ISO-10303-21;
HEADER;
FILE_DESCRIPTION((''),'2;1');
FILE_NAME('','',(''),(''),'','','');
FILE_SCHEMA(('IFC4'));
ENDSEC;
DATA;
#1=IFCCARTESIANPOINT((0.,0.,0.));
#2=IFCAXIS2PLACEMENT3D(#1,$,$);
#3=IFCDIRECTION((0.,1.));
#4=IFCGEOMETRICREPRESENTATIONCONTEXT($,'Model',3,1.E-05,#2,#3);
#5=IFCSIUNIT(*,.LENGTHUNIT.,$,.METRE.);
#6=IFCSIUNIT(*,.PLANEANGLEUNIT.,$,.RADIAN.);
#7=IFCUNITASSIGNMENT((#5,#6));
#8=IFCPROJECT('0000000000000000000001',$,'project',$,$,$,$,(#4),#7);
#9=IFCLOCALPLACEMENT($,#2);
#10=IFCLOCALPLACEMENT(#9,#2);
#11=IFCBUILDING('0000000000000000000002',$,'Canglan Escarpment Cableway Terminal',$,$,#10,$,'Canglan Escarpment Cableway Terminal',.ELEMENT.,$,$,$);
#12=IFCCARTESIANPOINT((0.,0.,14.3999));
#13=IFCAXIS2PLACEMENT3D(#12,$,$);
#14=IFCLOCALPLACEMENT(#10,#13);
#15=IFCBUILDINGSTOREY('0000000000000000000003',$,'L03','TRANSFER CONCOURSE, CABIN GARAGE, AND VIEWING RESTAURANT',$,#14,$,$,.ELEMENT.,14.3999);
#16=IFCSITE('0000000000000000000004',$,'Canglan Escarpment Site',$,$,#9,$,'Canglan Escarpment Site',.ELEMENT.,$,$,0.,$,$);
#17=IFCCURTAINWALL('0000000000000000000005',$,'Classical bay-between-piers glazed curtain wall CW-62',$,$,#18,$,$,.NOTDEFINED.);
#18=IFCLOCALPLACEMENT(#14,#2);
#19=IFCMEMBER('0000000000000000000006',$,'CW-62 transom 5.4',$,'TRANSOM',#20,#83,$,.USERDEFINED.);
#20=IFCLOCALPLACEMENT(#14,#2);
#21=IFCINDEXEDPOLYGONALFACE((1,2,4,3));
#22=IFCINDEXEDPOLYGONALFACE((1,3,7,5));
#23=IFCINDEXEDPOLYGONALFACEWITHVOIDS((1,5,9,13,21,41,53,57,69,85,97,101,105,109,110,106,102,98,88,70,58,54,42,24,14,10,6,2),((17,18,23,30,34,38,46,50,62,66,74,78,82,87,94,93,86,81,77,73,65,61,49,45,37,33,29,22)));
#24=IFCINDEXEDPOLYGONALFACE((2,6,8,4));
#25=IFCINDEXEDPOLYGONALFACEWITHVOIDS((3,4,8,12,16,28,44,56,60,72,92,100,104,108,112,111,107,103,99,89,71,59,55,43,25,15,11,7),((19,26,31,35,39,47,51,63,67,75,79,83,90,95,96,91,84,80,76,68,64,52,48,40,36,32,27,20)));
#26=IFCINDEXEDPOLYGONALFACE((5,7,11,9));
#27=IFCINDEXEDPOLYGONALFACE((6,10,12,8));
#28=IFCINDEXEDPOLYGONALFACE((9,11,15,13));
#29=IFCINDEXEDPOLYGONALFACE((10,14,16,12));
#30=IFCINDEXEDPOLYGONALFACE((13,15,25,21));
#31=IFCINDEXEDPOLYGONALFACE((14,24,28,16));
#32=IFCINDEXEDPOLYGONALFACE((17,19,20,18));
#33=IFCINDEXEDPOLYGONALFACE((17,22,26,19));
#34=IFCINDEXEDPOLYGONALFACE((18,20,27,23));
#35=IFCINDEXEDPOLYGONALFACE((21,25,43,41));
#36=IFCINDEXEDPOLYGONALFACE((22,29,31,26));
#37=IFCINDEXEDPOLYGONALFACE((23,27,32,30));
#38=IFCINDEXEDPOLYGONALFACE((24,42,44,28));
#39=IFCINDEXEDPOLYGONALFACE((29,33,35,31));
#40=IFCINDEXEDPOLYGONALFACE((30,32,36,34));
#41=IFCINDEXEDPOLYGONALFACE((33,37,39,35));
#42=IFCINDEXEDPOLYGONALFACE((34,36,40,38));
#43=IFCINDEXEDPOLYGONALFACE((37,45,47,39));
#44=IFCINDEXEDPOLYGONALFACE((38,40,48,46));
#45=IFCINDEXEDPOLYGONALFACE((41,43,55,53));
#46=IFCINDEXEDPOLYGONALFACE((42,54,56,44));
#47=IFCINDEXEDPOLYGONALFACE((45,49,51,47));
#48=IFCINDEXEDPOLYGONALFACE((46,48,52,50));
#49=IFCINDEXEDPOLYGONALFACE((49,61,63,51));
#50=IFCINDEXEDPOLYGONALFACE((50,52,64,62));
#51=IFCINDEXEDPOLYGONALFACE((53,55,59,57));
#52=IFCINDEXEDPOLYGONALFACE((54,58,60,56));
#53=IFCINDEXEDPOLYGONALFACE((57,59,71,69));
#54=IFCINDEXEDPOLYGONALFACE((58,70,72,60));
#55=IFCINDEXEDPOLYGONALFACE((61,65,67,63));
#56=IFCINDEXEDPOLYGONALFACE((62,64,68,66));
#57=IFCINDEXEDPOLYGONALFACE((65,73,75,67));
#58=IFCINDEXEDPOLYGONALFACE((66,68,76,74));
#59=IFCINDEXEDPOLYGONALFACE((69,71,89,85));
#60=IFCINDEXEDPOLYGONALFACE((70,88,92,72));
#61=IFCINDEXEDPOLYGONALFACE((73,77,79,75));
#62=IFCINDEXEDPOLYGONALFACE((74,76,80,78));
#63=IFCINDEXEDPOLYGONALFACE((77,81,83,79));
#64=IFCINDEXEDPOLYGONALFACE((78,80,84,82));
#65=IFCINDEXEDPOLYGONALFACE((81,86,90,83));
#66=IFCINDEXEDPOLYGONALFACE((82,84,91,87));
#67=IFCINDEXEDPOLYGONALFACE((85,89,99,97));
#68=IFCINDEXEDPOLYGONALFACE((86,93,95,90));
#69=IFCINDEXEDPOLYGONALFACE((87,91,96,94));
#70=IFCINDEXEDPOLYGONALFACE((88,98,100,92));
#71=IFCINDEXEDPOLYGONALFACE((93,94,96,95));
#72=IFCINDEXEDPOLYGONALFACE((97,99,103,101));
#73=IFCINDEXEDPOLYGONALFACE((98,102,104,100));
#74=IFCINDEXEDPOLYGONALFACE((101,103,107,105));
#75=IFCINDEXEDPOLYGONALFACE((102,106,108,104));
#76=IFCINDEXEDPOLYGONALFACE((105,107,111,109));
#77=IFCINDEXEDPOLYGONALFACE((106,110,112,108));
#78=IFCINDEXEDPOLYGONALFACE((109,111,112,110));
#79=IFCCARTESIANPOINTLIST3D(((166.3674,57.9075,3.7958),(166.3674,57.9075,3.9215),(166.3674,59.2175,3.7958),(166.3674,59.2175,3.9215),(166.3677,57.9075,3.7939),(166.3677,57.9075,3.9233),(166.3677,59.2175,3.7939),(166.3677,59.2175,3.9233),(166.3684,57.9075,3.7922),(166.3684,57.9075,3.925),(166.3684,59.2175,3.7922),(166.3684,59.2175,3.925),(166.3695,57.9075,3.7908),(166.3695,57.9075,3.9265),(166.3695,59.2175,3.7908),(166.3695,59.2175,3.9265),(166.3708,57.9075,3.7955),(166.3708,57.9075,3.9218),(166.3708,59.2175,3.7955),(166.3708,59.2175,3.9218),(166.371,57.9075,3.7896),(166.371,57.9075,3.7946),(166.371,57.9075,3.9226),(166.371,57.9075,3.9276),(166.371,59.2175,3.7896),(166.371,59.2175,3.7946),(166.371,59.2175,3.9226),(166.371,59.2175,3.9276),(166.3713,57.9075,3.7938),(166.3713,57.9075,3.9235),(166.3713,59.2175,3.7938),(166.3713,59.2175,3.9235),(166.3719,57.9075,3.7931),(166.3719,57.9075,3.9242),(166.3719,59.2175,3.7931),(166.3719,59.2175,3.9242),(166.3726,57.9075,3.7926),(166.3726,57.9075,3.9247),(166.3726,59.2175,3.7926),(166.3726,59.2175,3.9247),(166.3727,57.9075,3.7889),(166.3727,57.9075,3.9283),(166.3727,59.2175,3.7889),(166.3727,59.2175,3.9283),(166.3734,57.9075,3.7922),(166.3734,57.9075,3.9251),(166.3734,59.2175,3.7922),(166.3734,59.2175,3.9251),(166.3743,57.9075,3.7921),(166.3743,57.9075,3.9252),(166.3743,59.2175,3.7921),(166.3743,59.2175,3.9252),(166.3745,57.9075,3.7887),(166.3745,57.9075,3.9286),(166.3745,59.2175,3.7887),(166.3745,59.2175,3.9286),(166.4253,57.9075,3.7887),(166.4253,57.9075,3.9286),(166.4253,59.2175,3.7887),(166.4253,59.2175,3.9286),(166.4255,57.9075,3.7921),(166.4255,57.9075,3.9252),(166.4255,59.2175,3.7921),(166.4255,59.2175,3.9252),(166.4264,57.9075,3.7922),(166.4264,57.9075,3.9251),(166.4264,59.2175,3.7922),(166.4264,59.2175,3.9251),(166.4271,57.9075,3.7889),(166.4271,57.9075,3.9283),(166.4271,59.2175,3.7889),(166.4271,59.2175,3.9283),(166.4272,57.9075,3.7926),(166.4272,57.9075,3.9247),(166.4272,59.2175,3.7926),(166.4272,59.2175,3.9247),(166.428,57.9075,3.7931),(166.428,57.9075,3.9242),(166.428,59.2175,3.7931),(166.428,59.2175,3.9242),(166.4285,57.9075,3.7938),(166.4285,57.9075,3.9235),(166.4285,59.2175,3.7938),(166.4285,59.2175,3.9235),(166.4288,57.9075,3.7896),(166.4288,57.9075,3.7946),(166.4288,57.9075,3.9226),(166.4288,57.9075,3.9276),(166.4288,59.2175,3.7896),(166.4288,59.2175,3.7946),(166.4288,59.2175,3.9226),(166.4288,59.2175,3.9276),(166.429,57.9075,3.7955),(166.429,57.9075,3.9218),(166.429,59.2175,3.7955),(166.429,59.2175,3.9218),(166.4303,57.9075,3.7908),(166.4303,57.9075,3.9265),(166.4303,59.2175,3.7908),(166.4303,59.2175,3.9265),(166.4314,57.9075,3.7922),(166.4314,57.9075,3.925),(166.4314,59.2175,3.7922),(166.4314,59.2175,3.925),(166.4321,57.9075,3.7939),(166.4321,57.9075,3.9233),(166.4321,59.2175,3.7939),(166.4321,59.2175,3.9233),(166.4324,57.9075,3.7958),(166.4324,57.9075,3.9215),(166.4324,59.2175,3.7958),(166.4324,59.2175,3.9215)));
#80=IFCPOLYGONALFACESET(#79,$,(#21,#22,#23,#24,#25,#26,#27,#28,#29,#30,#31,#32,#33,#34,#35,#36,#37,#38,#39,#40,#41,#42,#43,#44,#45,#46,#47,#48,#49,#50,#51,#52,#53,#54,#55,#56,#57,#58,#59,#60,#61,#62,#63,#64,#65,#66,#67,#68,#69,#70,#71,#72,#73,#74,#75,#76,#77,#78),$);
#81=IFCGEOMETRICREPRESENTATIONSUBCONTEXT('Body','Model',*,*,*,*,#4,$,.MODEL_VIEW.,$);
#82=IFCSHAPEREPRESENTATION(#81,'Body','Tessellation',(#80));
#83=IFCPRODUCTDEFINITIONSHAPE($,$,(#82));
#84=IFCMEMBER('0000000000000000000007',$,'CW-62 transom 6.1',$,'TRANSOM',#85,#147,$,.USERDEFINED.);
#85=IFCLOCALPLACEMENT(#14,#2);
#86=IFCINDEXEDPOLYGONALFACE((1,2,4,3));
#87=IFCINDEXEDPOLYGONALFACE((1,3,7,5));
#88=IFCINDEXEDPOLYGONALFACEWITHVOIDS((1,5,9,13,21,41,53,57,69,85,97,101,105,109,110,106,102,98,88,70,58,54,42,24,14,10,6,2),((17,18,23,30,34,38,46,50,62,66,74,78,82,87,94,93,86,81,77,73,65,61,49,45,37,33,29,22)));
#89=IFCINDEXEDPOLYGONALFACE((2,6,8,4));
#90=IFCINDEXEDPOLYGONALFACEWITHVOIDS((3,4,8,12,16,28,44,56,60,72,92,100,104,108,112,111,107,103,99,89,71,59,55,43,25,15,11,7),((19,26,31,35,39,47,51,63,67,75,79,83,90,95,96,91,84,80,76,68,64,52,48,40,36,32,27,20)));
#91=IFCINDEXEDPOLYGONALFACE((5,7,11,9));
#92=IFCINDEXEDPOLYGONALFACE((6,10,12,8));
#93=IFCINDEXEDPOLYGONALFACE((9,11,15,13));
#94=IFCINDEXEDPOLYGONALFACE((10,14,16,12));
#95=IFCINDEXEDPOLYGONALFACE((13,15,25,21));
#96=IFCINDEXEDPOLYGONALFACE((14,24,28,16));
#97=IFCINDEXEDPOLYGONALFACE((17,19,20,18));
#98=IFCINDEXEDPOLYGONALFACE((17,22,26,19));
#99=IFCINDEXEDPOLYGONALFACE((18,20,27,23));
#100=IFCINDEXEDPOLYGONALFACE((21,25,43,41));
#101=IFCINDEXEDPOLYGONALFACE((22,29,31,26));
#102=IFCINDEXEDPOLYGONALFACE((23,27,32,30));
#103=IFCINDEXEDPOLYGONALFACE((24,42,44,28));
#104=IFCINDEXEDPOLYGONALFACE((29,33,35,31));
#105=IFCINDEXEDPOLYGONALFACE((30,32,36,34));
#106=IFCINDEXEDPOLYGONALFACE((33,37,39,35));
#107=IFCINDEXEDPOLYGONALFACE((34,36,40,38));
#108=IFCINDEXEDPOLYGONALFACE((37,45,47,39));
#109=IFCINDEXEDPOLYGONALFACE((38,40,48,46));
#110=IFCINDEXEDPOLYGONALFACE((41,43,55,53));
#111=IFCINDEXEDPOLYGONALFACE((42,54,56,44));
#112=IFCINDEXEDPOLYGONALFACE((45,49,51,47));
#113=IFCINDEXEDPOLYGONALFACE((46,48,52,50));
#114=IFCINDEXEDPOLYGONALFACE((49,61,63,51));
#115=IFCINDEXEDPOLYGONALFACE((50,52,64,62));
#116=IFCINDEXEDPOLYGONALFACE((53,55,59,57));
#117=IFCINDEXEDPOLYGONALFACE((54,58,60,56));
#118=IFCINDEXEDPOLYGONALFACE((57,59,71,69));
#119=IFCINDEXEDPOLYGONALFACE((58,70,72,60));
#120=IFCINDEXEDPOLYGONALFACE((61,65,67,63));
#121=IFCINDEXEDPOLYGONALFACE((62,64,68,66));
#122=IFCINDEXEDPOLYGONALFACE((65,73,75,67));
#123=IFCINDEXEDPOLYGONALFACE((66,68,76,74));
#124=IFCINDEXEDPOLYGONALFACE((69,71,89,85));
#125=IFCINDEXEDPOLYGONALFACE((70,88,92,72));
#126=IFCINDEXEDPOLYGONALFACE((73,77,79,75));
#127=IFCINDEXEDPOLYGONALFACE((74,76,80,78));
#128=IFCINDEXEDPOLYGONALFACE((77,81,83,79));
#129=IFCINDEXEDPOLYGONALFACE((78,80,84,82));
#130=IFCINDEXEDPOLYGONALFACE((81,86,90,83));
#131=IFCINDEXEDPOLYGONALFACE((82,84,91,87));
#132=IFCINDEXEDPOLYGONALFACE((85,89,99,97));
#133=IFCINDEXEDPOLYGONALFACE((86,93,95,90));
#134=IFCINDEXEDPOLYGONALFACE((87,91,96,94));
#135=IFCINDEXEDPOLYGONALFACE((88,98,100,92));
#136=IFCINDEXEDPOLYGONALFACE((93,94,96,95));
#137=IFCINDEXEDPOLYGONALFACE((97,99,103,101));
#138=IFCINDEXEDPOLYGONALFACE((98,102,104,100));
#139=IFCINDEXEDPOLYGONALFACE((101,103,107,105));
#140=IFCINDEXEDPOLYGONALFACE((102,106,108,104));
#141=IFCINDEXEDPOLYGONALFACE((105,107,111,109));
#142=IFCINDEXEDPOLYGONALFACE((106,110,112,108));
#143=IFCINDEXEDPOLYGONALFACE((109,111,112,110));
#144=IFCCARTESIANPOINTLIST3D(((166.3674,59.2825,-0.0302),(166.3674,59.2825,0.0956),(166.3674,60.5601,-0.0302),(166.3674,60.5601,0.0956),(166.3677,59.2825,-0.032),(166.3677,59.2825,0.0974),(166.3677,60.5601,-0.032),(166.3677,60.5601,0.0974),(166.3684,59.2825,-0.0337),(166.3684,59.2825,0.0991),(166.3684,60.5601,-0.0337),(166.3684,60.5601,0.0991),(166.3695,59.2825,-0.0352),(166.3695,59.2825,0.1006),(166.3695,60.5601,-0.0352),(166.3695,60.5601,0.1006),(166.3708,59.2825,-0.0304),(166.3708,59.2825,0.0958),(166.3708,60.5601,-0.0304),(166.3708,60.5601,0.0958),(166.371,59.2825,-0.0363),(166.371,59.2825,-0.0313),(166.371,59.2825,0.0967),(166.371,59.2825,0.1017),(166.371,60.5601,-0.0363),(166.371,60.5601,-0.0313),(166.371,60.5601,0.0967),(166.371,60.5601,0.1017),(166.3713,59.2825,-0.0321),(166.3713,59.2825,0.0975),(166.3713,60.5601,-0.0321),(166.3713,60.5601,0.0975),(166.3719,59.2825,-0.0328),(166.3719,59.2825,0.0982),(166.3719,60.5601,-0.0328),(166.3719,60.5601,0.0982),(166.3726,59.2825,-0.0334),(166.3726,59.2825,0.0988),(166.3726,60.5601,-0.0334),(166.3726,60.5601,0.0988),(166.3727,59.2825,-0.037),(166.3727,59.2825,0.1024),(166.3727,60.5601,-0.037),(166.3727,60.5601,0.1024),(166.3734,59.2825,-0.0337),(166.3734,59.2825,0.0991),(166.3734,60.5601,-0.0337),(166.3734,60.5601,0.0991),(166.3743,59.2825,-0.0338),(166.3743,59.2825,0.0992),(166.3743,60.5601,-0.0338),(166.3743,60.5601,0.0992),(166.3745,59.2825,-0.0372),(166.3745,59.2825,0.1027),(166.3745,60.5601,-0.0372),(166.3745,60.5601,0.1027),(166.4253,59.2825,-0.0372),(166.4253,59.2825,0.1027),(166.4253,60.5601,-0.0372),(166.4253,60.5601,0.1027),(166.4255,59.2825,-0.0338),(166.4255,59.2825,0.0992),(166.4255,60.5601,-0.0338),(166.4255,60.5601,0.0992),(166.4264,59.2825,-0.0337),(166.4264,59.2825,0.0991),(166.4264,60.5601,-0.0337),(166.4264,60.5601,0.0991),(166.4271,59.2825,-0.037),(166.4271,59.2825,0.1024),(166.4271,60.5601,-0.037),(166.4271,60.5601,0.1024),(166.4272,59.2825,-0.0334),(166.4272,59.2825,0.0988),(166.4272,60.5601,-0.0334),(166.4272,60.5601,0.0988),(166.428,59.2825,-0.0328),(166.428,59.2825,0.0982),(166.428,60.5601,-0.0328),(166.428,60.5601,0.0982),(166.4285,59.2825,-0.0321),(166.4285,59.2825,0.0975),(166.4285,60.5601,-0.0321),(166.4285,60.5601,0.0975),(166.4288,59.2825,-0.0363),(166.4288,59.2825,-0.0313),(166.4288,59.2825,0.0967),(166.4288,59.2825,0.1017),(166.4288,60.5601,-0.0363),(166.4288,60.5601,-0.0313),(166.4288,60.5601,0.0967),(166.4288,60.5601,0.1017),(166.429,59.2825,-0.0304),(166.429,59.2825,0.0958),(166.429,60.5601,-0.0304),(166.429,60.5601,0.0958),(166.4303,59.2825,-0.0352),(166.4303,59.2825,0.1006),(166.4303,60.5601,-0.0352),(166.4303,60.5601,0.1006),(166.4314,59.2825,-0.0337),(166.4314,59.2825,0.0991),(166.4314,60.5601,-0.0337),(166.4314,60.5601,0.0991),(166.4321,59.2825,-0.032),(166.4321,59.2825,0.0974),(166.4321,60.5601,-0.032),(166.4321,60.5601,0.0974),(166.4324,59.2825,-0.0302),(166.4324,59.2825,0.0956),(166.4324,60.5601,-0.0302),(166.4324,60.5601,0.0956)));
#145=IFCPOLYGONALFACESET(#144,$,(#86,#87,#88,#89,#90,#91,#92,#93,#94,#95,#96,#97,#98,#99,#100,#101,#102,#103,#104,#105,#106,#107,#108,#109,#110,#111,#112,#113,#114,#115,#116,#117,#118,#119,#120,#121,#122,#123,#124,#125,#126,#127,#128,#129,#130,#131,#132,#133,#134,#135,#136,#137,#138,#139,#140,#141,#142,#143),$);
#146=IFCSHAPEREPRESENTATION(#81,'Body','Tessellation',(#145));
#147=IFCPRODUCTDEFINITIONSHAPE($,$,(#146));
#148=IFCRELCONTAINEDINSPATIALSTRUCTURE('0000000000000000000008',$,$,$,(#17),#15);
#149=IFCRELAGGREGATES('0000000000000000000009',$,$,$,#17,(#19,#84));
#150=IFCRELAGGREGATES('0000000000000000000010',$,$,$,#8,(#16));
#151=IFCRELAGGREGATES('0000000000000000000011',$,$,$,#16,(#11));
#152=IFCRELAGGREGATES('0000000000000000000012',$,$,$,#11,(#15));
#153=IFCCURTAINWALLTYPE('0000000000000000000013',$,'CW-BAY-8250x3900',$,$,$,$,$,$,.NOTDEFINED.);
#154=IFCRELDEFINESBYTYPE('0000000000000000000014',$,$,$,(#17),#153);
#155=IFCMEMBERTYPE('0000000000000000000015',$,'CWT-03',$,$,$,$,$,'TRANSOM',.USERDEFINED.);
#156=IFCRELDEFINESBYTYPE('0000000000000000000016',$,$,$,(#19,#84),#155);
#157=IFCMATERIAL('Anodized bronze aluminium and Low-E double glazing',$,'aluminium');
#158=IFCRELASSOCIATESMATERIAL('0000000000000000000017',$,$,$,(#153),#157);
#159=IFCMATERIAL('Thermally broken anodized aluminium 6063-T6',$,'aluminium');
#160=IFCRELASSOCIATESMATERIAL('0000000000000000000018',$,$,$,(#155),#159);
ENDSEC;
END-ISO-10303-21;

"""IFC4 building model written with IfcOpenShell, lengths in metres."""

from ifc_helpers import new_model, si_unit, direction, frame, origin, origin_2d, place, context, subcontext, project, spatial, hollow_rectangle, extrude, material, material_profile, profile_set, type_object, element, aggregate, save


model = new_model("IFC4")

# Units and contexts
model_context = context("Model", 3, precision=1e-05, world=origin(), true_north=direction((0.0, 1.0)))
body_context = subcontext(model_context, "Body", "Model", "MODEL_VIEW")
ifc_project = project(units=[si_unit("LENGTHUNIT", "METRE"), si_unit("PLANEANGLEUNIT", "RADIAN")], contexts=[model_context])

# Site, building, storey
site_placement = place(None, origin())
site = spatial("IfcSite", under=ifc_project, at=site_placement, Name="Canglan Escarpment Site", LongName="Canglan Escarpment Site", CompositionType="ELEMENT", RefElevation=0.0)
building_placement = place(site_placement, origin())
building = spatial("IfcBuilding", under=site, at=building_placement, Name="Canglan Escarpment Cableway Terminal", LongName="Canglan Escarpment Cableway Terminal", CompositionType="ELEMENT")
storey_placement = place(building_placement, frame((0.0, 0.0, 14.3999)))
storey = spatial("IfcBuildingStorey", under=building, at=storey_placement, Name="L03", Description="TRANSFER CONCOURSE, CABIN GARAGE, AND VIEWING RESTAURANT", CompositionType="ELEMENT", Elevation=14.3999)

# Curtain wall
ifc_material_1 = material(Name="Anodized bronze aluminium and Low-E double glazing", Category="aluminium")
curtain_wall_type = type_object("IfcCurtainWallType", Name="CW-BAY-8250x3900", PredefinedType="NOTDEFINED", material=ifc_material_1)
ifc_material_2 = material(Name="Thermally broken anodized aluminium 6063-T6", Category="aluminium")
curtain_wall_1_placement = place(storey_placement, origin())
curtain_wall_1 = element("IfcCurtainWall", 1, at=curtain_wall_1_placement, inside=storey, type_object=curtain_wall_type, Name="Classical bay-between-piers glazed curtain wall CW-62", PredefinedType="NOTDEFINED")

# Members
ifc_material_profile_1 = material_profile(ifc_material_2, hollow_rectangle(XDim=0.0649, YDim=0.1399, WallThickness=0.0034, InnerFilletRadius=0.0034, OuterFilletRadius=0.0071, at=origin_2d()), Name="ALU-TRAN 65x140x3.5")
ifc_profile_set_1 = profile_set([ifc_material_profile_1], Name="Thermally broken anodized aluminium 6063-T6")
member_type_1 = type_object("IfcMemberType", Name="CWT-03", ElementType="TRANSOM", PredefinedType="USERDEFINED", material=ifc_profile_set_1)
member_1_placement = place(storey_placement, frame((166.3999, 57.9075, 3.8586), z_axis=(0.0, 1.0, 0.0), x_axis=(-1.0, 0.0, 0.0)))
member_1 = element("IfcMember", 2, at=member_1_placement, type_object=member_type_1, Name="CW-62 transom 5.4", ObjectType="TRANSOM", PredefinedType="USERDEFINED", context=body_context, shape_type="SweptSolid", body=[
    extrude(hollow_rectangle(XDim=0.0649, YDim=0.1399, WallThickness=0.0034, InnerFilletRadius=0.0034, OuterFilletRadius=0.0071, at=origin_2d()), origin(), (0.0, 0.0, 1.0), 1.3101),
])
member_2_placement = place(storey_placement, frame((166.3999, 59.2825, 0.0327), z_axis=(0.0, 1.0, 0.0), x_axis=(-1.0, 0.0, 0.0)))
member_2 = element("IfcMember", 3, at=member_2_placement, type_object=member_type_1, Name="CW-62 transom 6.1", ObjectType="TRANSOM", PredefinedType="USERDEFINED", context=body_context, shape_type="SweptSolid", body=[
    extrude(hollow_rectangle(XDim=0.0649, YDim=0.1399, WallThickness=0.0034, InnerFilletRadius=0.0034, OuterFilletRadius=0.0071, at=origin_2d()), origin(), (0.0, 0.0, 1.0), 1.2776),
])

aggregate(curtain_wall_1, [member_1, member_2])

save(model, "model.ifc")
